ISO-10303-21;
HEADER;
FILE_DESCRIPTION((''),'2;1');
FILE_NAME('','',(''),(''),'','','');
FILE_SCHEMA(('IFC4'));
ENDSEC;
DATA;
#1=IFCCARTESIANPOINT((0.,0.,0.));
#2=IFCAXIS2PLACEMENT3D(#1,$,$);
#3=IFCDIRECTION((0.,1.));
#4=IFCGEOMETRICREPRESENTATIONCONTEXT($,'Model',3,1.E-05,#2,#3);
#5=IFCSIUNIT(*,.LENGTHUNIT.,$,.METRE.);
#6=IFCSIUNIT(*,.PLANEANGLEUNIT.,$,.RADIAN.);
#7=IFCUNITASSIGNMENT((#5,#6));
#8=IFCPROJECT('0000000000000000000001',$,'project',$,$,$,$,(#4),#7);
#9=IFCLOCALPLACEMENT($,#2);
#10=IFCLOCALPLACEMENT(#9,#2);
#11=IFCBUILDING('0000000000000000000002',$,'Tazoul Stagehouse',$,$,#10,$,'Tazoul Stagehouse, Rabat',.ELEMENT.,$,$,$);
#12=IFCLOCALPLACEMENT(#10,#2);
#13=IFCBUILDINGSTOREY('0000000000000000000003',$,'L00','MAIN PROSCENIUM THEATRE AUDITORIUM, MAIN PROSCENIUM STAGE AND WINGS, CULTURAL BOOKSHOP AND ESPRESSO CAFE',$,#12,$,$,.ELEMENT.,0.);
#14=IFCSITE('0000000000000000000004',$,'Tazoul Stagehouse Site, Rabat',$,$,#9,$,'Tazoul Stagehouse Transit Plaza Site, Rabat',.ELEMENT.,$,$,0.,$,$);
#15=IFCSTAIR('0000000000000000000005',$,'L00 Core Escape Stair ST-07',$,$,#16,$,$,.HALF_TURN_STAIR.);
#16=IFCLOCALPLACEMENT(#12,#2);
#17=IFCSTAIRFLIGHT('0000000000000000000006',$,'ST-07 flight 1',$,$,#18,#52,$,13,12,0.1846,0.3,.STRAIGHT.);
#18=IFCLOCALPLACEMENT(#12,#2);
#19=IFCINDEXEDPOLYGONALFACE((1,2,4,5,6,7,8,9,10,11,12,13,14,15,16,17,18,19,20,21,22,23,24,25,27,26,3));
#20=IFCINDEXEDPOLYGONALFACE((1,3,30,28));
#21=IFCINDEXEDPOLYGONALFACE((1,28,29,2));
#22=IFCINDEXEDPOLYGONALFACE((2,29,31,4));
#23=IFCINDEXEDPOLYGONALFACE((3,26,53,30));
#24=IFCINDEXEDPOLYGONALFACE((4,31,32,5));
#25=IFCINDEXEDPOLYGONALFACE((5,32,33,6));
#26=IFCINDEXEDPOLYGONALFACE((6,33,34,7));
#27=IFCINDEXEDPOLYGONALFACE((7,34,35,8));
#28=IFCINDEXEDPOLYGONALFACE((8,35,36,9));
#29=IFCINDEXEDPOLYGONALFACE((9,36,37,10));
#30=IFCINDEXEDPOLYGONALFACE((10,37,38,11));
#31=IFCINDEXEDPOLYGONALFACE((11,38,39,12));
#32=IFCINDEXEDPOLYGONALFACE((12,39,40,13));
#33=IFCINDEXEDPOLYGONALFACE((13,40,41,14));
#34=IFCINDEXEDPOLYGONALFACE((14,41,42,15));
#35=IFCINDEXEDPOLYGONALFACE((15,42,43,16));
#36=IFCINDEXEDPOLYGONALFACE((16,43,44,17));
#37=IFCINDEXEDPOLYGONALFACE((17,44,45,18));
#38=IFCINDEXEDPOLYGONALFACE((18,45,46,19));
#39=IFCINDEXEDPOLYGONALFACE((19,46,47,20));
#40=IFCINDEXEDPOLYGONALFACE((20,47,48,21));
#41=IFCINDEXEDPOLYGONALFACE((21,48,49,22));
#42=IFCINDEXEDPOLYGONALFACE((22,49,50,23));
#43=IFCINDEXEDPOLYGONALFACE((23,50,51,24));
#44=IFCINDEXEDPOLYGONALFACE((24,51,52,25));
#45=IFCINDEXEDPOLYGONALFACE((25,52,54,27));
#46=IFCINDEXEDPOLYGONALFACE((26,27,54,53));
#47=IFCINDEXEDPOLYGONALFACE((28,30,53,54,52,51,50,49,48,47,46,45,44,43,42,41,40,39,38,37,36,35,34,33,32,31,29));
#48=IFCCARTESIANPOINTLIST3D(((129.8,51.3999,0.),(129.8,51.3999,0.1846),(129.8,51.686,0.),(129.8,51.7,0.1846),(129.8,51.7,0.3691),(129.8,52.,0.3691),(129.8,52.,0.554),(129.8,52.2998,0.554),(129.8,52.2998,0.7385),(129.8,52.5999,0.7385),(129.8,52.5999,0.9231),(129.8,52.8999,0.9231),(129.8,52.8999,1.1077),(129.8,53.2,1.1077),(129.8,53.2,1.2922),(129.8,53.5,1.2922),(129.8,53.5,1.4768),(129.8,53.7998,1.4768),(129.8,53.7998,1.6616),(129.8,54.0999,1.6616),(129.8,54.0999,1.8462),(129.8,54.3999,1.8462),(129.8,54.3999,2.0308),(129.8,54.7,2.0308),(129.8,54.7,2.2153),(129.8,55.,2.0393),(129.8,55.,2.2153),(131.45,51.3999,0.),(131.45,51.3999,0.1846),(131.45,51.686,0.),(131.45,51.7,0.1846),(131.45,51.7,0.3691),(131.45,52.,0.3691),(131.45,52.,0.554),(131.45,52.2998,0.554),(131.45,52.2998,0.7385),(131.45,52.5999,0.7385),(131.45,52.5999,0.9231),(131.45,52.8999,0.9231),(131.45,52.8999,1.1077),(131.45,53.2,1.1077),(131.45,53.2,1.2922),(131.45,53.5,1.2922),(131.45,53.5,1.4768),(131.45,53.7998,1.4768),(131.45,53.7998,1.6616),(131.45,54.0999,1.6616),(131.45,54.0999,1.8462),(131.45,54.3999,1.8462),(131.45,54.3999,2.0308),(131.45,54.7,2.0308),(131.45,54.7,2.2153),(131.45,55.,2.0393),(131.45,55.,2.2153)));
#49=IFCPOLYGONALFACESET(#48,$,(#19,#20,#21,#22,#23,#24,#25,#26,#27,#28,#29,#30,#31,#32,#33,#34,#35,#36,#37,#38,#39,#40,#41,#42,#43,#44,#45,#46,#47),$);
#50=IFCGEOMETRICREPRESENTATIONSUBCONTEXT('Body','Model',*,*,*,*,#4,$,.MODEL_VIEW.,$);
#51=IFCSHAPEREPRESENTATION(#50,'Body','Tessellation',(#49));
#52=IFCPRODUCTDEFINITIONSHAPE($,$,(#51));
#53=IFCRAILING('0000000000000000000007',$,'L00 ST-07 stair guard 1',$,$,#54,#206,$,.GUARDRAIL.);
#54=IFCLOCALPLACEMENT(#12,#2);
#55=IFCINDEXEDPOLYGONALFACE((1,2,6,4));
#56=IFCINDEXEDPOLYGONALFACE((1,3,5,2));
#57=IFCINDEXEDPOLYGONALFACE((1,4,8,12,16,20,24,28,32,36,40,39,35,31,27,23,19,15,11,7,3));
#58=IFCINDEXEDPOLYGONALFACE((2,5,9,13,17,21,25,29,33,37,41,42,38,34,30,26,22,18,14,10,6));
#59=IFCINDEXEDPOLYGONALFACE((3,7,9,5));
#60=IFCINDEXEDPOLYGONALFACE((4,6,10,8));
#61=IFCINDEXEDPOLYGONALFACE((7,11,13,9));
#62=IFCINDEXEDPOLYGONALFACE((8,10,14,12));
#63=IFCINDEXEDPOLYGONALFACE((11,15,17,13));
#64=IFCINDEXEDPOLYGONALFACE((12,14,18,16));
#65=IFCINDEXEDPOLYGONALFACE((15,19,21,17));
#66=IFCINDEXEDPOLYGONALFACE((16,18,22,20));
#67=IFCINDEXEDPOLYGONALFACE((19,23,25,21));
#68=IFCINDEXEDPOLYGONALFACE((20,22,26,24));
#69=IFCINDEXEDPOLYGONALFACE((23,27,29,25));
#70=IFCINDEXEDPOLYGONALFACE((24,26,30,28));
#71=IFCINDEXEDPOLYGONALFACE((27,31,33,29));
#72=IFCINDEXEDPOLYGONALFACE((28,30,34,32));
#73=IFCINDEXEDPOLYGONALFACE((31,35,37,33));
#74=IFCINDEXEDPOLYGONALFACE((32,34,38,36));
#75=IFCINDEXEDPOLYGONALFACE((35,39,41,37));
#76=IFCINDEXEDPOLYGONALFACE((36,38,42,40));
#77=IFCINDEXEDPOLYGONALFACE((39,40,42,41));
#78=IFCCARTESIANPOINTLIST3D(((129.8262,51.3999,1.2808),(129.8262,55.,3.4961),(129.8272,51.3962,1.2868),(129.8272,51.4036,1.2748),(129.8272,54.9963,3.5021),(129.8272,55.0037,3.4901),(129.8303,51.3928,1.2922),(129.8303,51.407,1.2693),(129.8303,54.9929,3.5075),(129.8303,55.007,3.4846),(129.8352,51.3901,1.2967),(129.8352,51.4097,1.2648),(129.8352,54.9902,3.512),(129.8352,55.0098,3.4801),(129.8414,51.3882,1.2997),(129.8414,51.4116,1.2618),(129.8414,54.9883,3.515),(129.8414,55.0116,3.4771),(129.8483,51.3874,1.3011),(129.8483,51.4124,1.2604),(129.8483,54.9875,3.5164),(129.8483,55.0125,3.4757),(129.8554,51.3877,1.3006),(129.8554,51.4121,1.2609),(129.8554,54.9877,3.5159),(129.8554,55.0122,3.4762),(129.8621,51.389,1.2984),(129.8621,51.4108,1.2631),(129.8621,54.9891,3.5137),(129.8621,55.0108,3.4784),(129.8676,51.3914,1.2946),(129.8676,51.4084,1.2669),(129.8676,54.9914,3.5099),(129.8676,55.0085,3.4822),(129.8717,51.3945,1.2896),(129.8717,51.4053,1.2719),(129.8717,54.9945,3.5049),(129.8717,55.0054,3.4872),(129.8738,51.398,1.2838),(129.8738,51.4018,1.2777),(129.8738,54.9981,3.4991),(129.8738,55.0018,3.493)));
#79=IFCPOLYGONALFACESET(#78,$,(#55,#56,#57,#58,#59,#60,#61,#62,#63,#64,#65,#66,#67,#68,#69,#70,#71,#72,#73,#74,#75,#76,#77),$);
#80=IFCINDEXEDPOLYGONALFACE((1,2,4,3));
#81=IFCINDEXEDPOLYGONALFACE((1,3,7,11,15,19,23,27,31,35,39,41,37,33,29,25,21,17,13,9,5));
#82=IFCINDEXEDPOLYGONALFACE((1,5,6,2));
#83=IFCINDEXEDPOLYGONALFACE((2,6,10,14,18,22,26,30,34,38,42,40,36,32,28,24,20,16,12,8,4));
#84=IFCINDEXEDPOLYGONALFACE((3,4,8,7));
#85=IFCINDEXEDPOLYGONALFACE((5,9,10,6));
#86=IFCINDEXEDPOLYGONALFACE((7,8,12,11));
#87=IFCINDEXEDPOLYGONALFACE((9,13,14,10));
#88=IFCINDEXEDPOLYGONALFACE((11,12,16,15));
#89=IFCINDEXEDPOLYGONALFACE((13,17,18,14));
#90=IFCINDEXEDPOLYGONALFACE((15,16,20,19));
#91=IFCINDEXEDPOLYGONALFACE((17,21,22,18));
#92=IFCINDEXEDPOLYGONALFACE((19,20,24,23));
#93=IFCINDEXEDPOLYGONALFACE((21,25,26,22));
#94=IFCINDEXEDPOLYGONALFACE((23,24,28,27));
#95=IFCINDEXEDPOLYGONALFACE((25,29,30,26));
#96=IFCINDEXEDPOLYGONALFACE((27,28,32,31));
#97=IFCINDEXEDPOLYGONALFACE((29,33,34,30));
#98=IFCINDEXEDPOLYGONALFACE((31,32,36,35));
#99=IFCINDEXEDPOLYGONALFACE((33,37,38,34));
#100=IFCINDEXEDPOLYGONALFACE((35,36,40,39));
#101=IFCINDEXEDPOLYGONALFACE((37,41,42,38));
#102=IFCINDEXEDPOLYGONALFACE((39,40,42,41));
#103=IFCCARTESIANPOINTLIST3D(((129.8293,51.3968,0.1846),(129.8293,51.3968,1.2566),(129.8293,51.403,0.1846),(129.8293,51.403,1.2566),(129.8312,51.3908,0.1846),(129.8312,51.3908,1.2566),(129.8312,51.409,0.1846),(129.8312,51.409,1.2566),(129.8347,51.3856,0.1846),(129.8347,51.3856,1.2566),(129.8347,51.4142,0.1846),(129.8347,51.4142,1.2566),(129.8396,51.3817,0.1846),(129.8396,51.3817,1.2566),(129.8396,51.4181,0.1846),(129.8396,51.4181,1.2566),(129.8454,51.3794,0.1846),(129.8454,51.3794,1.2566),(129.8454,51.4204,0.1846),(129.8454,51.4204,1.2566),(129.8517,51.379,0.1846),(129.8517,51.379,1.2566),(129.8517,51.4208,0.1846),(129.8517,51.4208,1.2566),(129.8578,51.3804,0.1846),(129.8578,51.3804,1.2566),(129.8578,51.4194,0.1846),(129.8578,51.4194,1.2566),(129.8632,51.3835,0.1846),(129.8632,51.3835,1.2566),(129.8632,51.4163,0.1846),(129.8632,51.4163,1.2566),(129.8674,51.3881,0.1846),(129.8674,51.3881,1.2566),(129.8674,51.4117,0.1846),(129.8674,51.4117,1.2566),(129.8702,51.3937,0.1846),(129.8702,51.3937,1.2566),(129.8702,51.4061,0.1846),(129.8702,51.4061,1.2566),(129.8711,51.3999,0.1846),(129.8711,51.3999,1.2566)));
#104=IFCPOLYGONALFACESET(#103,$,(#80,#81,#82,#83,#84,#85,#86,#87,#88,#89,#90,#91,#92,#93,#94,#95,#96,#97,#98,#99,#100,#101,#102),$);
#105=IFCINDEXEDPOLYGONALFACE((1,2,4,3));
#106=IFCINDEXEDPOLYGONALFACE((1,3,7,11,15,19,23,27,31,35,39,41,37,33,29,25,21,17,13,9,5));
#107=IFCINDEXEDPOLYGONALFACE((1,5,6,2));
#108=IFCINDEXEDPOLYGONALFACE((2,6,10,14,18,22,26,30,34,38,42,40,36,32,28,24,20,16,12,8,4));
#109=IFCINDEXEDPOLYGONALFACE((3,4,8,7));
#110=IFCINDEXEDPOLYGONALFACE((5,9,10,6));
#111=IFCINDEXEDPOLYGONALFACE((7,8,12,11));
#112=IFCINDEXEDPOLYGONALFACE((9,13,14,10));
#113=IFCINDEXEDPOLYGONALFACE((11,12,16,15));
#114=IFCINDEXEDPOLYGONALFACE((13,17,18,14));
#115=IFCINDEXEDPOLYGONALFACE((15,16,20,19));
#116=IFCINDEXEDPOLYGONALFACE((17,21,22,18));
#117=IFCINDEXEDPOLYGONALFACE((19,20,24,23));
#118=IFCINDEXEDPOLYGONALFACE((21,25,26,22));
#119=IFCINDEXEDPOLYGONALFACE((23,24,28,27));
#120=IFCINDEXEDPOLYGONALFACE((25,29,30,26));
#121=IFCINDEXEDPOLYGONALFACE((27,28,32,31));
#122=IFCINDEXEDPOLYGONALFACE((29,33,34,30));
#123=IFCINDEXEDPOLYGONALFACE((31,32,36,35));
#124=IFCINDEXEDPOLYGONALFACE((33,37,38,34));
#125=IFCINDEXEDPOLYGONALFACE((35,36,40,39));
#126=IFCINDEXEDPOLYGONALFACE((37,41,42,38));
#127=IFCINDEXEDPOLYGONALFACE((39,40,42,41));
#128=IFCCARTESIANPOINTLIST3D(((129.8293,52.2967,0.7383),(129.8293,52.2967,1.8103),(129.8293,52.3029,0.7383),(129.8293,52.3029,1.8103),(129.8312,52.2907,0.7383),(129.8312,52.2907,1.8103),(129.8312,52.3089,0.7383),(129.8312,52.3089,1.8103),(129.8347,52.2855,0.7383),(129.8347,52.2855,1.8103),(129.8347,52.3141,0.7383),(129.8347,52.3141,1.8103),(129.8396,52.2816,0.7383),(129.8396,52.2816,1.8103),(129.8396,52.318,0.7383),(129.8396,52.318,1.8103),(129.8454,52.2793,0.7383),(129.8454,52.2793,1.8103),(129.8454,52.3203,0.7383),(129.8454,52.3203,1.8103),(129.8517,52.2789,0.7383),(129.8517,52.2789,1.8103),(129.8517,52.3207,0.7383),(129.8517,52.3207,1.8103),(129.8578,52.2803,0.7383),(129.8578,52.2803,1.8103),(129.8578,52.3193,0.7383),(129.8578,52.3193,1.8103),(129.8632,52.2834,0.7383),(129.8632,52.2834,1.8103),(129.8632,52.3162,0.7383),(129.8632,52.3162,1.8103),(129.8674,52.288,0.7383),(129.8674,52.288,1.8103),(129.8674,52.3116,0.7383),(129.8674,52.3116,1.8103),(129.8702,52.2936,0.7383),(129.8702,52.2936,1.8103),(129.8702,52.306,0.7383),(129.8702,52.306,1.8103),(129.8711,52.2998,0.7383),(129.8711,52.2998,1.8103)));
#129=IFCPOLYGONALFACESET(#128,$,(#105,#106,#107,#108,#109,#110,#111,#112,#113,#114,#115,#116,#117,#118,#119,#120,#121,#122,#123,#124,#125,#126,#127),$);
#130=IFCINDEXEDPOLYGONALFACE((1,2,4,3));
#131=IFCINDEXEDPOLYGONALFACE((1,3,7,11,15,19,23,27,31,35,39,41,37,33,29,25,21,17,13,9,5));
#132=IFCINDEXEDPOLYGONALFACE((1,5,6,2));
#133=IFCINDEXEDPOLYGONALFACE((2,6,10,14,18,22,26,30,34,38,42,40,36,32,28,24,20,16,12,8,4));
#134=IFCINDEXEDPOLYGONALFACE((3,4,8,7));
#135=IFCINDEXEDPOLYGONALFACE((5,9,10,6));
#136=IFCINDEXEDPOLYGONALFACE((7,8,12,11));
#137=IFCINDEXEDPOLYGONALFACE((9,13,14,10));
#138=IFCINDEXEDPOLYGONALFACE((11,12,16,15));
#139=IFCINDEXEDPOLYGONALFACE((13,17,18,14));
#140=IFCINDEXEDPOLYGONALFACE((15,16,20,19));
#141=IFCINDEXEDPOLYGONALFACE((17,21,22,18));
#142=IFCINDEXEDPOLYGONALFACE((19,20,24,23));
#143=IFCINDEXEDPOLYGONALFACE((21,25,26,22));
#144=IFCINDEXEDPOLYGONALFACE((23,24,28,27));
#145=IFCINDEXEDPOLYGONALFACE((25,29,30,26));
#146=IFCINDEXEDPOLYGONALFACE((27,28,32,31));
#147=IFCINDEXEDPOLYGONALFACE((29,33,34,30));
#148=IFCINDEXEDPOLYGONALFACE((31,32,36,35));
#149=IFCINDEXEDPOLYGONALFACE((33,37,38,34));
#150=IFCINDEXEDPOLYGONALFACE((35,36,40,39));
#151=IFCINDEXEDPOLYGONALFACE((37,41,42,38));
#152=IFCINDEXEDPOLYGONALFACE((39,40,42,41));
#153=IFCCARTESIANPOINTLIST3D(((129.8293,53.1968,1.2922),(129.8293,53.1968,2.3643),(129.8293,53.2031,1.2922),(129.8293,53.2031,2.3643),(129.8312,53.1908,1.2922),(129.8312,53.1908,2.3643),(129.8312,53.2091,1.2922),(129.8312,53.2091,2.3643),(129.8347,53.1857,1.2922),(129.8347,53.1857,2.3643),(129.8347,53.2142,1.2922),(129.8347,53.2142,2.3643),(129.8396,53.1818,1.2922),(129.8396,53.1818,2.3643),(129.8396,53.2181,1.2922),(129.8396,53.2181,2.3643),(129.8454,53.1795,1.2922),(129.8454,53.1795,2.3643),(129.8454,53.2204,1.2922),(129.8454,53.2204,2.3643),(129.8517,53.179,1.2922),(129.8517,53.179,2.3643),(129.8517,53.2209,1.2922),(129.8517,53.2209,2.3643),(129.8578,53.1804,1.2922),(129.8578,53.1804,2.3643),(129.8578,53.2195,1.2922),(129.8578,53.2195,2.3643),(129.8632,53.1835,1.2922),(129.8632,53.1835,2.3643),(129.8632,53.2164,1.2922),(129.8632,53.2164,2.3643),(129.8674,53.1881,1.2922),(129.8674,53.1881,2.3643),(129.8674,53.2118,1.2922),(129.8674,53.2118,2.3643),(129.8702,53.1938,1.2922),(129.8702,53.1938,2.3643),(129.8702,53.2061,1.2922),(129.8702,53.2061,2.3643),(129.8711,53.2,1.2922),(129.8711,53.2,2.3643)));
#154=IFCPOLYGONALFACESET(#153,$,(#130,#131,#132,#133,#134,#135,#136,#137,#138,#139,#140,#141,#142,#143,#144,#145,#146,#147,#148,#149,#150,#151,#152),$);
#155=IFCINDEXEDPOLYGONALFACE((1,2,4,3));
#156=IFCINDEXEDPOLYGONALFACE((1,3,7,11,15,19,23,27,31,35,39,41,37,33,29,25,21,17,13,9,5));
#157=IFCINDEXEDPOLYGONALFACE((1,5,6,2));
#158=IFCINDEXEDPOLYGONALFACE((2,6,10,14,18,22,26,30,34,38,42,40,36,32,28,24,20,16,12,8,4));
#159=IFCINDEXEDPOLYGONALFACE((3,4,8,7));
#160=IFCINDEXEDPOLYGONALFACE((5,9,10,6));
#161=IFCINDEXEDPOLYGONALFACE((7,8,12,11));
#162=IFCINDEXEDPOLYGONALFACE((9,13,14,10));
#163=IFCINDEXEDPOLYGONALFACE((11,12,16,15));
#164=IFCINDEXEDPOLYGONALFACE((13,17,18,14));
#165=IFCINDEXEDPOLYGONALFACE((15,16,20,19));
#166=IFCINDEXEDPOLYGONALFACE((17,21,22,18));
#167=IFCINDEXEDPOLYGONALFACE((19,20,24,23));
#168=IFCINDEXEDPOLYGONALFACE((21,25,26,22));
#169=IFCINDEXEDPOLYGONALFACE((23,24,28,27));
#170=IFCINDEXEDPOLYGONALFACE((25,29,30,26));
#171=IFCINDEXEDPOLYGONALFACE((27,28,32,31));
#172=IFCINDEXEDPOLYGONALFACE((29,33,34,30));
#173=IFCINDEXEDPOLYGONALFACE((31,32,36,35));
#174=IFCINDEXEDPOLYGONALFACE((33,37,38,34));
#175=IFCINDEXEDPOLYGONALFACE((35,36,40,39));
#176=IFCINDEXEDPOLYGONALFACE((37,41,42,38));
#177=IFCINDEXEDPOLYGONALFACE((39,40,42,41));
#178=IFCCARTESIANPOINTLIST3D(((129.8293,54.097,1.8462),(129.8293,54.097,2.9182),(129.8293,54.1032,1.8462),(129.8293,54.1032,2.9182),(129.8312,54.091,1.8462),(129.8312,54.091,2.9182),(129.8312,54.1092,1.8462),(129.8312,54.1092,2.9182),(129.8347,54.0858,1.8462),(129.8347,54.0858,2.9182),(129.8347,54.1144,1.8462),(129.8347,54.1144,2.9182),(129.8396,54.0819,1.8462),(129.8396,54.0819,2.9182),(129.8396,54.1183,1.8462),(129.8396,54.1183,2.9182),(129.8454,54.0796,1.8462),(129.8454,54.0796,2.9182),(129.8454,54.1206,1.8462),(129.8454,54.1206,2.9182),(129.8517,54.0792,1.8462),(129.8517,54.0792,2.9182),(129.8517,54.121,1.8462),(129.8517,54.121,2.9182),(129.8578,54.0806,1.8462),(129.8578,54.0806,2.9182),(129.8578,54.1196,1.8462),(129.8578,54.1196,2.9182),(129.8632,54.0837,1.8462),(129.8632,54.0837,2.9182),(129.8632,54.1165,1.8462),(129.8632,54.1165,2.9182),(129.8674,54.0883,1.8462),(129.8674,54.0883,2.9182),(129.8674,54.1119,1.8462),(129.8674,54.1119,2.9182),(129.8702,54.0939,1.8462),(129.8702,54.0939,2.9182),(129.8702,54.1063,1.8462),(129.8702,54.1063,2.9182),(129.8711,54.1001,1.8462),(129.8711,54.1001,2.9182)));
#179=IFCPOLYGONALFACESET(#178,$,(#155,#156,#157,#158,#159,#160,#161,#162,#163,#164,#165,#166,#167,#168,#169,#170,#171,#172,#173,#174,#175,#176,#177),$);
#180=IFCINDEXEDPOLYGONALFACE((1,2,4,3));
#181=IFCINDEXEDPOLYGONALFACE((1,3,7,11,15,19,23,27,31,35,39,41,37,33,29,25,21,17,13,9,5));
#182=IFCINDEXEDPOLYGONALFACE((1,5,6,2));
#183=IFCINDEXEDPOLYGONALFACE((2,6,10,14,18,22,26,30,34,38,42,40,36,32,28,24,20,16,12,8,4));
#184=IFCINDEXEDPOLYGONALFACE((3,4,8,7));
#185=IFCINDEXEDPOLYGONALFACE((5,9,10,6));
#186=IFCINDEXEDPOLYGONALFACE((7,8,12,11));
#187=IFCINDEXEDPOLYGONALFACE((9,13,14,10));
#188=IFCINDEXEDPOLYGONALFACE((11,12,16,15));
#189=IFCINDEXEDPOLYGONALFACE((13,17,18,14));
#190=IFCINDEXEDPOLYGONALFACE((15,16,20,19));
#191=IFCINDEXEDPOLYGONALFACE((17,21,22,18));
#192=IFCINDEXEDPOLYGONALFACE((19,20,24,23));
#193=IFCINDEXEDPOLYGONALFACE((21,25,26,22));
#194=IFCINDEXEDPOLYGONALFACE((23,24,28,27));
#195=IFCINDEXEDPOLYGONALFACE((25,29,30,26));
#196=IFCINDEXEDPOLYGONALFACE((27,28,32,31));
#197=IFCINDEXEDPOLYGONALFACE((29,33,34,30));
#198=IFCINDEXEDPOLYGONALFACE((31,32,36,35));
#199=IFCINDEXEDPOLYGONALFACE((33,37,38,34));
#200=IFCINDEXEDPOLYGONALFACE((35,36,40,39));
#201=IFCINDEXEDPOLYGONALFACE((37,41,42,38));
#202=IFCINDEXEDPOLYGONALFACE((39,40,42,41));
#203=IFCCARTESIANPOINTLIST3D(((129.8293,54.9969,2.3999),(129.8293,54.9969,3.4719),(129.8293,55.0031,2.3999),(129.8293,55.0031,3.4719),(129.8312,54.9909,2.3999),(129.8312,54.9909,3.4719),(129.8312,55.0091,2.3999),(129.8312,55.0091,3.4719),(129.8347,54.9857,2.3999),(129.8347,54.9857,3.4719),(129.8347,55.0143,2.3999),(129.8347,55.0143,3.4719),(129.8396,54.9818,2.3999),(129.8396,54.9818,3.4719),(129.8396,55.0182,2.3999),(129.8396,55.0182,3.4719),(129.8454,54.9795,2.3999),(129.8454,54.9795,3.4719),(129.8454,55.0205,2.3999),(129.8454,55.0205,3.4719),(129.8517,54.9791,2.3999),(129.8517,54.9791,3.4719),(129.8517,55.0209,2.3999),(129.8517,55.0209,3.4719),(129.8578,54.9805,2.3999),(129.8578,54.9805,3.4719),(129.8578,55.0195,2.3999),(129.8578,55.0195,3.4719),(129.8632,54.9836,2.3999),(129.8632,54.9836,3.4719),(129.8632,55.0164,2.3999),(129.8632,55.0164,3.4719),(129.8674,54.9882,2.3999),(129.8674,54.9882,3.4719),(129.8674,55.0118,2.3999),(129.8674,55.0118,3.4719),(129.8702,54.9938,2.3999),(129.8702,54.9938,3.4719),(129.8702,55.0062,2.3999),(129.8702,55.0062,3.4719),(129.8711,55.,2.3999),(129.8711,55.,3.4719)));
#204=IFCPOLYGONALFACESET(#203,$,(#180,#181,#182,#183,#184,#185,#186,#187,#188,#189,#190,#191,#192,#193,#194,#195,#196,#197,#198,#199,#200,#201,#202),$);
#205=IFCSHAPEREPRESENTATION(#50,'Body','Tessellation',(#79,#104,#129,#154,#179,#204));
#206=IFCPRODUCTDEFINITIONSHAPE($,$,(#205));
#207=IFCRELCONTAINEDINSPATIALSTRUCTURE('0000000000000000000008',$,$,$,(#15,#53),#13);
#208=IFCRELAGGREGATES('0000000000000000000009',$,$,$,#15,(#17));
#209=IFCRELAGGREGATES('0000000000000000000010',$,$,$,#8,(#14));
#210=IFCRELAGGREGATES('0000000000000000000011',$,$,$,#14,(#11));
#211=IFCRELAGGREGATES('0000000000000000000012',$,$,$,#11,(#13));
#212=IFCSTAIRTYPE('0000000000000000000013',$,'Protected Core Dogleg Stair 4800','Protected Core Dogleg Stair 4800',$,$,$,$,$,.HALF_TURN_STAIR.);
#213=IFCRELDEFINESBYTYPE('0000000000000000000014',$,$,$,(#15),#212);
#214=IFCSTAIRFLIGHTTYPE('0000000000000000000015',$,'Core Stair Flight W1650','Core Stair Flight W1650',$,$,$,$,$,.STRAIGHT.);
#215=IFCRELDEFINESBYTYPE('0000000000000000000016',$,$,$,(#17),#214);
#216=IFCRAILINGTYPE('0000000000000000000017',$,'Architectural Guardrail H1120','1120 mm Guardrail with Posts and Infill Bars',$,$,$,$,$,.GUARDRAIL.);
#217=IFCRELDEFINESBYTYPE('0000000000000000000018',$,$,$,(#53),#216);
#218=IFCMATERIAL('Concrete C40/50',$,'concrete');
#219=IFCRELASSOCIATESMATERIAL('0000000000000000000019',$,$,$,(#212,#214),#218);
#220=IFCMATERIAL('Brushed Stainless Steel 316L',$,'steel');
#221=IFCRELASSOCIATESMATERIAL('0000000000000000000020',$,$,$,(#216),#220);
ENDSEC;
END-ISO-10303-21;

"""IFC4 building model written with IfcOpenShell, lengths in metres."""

from ifc_helpers import new_model, si_unit, direction, frame, origin, origin_2d, place, context, subcontext, project, spatial, polyline, circle, outline, extrude, material, material_profile, profile_set, type_object, element, aggregate, save


model = new_model("IFC4")

# Units and contexts
model_context = context("Model", 3, precision=1e-05, world=origin(), true_north=direction((0.0, 1.0)))
body_context = subcontext(model_context, "Body", "Model", "MODEL_VIEW")
ifc_project = project(units=[si_unit("LENGTHUNIT", "METRE"), si_unit("PLANEANGLEUNIT", "RADIAN")], contexts=[model_context])

# Site, building, storey
site_placement = place(None, origin())
site = spatial("IfcSite", under=ifc_project, at=site_placement, Name="Tazoul Stagehouse Site, Rabat", LongName="Tazoul Stagehouse Transit Plaza Site, Rabat", CompositionType="ELEMENT", RefElevation=0.0)
building_placement = place(site_placement, origin())
building = spatial("IfcBuilding", under=site, at=building_placement, Name="Tazoul Stagehouse", LongName="Tazoul Stagehouse, Rabat", CompositionType="ELEMENT")
storey_placement = place(building_placement, origin())
storey = spatial("IfcBuildingStorey", under=building, at=storey_placement, Name="L00", Description="MAIN PROSCENIUM THEATRE AUDITORIUM, MAIN PROSCENIUM STAGE AND WINGS, CULTURAL BOOKSHOP AND ESPRESSO CAFE", CompositionType="ELEMENT", Elevation=0.0)

# Shared definitions
ifc_material_1 = material(Name="Concrete C40/50", Category="concrete")

# Stair, stair flight
stair_type = type_object("IfcStairType", Name="Protected Core Dogleg Stair 4800", Description="Protected Core Dogleg Stair 4800", PredefinedType="HALF_TURN_STAIR", material=ifc_material_1)
stair_placement = place(storey_placement, origin())
stair = element("IfcStair", 1, at=stair_placement, inside=storey, type_object=stair_type, Name="L00 Core Escape Stair ST-07", PredefinedType="HALF_TURN_STAIR")
stair_flight_type = type_object("IfcStairFlightType", Name="Core Stair Flight W1650", Description="Core Stair Flight W1650", PredefinedType="STRAIGHT", material=ifc_material_1)
stair_flight_placement = place(storey_placement, frame((130.625, 51.3999, 0.0), z_axis=(0.0, 0.0, 1.0), x_axis=(0.0, 1.0, 0.0)))
stair_flight = element("IfcStairFlight", 2, at=stair_flight_placement, type_object=stair_flight_type, Name="ST-07 flight 1", NumberOfRisers=13, NumberOfTreads=12, PredefinedType="STRAIGHT", RiserHeight=0.1846, TreadLength=0.3, context=body_context, shape_type="SweptSolid", body=[
    extrude(outline(polyline([(0.0, 0.0), (0.0, 0.1846), (0.3, 0.1846), (0.3, 0.3691), (0.6001, 0.3691), (0.6001, 0.554), (0.8999, 0.554), (0.8999, 0.7385), (1.2, 0.7385), (1.2, 0.9231), (1.5, 0.9231), (1.5, 1.1077), (1.8, 1.1077), (1.8, 1.2922), (2.1001, 1.2922), (2.1001, 1.4768), (2.3999, 1.4768), (2.3999, 1.6616), (2.7, 1.6616), (2.7, 1.8462), (3.0, 1.8462), (3.0, 2.0308), (3.3, 2.0308), (3.3, 2.2153), (3.6001, 2.2153), (3.6001, 2.3999), (3.6001, 2.0393), (0.2861, 0.0), (0.0, 0.0)])), frame((0.0, 0.825, 0.0), z_axis=(0.0, -1.0, 0.0), x_axis=(1.0, 0.0, 0.0)), (0.0, 0.0, 1.0), 1.6499),
])
aggregate(stair, [stair_flight])

# Railing
ifc_material_2 = material(Name="Brushed Stainless Steel 316L", Category="steel")
ifc_material_profile_1 = material_profile(ifc_material_2, circle(Radius=0.0239, at=origin_2d()), Name="SS RAIL D48")
ifc_profile_set_1 = profile_set([ifc_material_profile_1], Name="Brushed Stainless Steel 316L")
railing_type_1 = type_object("IfcRailingType", Name="Architectural Guardrail H1120", Description="1120 mm Guardrail with Posts and Infill Bars", PredefinedType="GUARDRAIL", material=ifc_profile_set_1)
railing_1_placement = place(storey_placement, frame((129.8501, 51.3999, 0.1846)))
element("IfcRailing", 3, at=railing_1_placement, inside=storey, type_object=railing_type_1, Name="L00 ST-07 stair guard 1", PredefinedType="GUARDRAIL", context=body_context, shape_type="SweptSolid", body=[
    extrude(circle(Radius=0.0239, at=origin_2d()), frame((0.0, 0.0, 1.0962), z_axis=(0.0, 0.85167, 0.524078), x_axis=(-1.0, 0.0, 0.0)), (0.0, 0.0, 1.0), 4.2271),
    extrude(circle(Radius=0.021, at=origin_2d()), origin(), (0.0, 0.0, 1.0), 1.072),
    extrude(circle(Radius=0.021, at=origin_2d()), frame((0.0, 0.8999, 0.5537)), (0.0, 0.0, 1.0), 1.072),
    extrude(circle(Radius=0.021, at=origin_2d()), frame((0.0, 1.8, 1.1077)), (0.0, 0.0, 1.0), 1.072),
    extrude(circle(Radius=0.021, at=origin_2d()), frame((0.0, 2.7002, 1.6616)), (0.0, 0.0, 1.0), 1.072),
    extrude(circle(Radius=0.021, at=origin_2d()), frame((0.0, 3.6001, 2.2153)), (0.0, 0.0, 1.0), 1.072),
])

save(model, "model.ifc")
